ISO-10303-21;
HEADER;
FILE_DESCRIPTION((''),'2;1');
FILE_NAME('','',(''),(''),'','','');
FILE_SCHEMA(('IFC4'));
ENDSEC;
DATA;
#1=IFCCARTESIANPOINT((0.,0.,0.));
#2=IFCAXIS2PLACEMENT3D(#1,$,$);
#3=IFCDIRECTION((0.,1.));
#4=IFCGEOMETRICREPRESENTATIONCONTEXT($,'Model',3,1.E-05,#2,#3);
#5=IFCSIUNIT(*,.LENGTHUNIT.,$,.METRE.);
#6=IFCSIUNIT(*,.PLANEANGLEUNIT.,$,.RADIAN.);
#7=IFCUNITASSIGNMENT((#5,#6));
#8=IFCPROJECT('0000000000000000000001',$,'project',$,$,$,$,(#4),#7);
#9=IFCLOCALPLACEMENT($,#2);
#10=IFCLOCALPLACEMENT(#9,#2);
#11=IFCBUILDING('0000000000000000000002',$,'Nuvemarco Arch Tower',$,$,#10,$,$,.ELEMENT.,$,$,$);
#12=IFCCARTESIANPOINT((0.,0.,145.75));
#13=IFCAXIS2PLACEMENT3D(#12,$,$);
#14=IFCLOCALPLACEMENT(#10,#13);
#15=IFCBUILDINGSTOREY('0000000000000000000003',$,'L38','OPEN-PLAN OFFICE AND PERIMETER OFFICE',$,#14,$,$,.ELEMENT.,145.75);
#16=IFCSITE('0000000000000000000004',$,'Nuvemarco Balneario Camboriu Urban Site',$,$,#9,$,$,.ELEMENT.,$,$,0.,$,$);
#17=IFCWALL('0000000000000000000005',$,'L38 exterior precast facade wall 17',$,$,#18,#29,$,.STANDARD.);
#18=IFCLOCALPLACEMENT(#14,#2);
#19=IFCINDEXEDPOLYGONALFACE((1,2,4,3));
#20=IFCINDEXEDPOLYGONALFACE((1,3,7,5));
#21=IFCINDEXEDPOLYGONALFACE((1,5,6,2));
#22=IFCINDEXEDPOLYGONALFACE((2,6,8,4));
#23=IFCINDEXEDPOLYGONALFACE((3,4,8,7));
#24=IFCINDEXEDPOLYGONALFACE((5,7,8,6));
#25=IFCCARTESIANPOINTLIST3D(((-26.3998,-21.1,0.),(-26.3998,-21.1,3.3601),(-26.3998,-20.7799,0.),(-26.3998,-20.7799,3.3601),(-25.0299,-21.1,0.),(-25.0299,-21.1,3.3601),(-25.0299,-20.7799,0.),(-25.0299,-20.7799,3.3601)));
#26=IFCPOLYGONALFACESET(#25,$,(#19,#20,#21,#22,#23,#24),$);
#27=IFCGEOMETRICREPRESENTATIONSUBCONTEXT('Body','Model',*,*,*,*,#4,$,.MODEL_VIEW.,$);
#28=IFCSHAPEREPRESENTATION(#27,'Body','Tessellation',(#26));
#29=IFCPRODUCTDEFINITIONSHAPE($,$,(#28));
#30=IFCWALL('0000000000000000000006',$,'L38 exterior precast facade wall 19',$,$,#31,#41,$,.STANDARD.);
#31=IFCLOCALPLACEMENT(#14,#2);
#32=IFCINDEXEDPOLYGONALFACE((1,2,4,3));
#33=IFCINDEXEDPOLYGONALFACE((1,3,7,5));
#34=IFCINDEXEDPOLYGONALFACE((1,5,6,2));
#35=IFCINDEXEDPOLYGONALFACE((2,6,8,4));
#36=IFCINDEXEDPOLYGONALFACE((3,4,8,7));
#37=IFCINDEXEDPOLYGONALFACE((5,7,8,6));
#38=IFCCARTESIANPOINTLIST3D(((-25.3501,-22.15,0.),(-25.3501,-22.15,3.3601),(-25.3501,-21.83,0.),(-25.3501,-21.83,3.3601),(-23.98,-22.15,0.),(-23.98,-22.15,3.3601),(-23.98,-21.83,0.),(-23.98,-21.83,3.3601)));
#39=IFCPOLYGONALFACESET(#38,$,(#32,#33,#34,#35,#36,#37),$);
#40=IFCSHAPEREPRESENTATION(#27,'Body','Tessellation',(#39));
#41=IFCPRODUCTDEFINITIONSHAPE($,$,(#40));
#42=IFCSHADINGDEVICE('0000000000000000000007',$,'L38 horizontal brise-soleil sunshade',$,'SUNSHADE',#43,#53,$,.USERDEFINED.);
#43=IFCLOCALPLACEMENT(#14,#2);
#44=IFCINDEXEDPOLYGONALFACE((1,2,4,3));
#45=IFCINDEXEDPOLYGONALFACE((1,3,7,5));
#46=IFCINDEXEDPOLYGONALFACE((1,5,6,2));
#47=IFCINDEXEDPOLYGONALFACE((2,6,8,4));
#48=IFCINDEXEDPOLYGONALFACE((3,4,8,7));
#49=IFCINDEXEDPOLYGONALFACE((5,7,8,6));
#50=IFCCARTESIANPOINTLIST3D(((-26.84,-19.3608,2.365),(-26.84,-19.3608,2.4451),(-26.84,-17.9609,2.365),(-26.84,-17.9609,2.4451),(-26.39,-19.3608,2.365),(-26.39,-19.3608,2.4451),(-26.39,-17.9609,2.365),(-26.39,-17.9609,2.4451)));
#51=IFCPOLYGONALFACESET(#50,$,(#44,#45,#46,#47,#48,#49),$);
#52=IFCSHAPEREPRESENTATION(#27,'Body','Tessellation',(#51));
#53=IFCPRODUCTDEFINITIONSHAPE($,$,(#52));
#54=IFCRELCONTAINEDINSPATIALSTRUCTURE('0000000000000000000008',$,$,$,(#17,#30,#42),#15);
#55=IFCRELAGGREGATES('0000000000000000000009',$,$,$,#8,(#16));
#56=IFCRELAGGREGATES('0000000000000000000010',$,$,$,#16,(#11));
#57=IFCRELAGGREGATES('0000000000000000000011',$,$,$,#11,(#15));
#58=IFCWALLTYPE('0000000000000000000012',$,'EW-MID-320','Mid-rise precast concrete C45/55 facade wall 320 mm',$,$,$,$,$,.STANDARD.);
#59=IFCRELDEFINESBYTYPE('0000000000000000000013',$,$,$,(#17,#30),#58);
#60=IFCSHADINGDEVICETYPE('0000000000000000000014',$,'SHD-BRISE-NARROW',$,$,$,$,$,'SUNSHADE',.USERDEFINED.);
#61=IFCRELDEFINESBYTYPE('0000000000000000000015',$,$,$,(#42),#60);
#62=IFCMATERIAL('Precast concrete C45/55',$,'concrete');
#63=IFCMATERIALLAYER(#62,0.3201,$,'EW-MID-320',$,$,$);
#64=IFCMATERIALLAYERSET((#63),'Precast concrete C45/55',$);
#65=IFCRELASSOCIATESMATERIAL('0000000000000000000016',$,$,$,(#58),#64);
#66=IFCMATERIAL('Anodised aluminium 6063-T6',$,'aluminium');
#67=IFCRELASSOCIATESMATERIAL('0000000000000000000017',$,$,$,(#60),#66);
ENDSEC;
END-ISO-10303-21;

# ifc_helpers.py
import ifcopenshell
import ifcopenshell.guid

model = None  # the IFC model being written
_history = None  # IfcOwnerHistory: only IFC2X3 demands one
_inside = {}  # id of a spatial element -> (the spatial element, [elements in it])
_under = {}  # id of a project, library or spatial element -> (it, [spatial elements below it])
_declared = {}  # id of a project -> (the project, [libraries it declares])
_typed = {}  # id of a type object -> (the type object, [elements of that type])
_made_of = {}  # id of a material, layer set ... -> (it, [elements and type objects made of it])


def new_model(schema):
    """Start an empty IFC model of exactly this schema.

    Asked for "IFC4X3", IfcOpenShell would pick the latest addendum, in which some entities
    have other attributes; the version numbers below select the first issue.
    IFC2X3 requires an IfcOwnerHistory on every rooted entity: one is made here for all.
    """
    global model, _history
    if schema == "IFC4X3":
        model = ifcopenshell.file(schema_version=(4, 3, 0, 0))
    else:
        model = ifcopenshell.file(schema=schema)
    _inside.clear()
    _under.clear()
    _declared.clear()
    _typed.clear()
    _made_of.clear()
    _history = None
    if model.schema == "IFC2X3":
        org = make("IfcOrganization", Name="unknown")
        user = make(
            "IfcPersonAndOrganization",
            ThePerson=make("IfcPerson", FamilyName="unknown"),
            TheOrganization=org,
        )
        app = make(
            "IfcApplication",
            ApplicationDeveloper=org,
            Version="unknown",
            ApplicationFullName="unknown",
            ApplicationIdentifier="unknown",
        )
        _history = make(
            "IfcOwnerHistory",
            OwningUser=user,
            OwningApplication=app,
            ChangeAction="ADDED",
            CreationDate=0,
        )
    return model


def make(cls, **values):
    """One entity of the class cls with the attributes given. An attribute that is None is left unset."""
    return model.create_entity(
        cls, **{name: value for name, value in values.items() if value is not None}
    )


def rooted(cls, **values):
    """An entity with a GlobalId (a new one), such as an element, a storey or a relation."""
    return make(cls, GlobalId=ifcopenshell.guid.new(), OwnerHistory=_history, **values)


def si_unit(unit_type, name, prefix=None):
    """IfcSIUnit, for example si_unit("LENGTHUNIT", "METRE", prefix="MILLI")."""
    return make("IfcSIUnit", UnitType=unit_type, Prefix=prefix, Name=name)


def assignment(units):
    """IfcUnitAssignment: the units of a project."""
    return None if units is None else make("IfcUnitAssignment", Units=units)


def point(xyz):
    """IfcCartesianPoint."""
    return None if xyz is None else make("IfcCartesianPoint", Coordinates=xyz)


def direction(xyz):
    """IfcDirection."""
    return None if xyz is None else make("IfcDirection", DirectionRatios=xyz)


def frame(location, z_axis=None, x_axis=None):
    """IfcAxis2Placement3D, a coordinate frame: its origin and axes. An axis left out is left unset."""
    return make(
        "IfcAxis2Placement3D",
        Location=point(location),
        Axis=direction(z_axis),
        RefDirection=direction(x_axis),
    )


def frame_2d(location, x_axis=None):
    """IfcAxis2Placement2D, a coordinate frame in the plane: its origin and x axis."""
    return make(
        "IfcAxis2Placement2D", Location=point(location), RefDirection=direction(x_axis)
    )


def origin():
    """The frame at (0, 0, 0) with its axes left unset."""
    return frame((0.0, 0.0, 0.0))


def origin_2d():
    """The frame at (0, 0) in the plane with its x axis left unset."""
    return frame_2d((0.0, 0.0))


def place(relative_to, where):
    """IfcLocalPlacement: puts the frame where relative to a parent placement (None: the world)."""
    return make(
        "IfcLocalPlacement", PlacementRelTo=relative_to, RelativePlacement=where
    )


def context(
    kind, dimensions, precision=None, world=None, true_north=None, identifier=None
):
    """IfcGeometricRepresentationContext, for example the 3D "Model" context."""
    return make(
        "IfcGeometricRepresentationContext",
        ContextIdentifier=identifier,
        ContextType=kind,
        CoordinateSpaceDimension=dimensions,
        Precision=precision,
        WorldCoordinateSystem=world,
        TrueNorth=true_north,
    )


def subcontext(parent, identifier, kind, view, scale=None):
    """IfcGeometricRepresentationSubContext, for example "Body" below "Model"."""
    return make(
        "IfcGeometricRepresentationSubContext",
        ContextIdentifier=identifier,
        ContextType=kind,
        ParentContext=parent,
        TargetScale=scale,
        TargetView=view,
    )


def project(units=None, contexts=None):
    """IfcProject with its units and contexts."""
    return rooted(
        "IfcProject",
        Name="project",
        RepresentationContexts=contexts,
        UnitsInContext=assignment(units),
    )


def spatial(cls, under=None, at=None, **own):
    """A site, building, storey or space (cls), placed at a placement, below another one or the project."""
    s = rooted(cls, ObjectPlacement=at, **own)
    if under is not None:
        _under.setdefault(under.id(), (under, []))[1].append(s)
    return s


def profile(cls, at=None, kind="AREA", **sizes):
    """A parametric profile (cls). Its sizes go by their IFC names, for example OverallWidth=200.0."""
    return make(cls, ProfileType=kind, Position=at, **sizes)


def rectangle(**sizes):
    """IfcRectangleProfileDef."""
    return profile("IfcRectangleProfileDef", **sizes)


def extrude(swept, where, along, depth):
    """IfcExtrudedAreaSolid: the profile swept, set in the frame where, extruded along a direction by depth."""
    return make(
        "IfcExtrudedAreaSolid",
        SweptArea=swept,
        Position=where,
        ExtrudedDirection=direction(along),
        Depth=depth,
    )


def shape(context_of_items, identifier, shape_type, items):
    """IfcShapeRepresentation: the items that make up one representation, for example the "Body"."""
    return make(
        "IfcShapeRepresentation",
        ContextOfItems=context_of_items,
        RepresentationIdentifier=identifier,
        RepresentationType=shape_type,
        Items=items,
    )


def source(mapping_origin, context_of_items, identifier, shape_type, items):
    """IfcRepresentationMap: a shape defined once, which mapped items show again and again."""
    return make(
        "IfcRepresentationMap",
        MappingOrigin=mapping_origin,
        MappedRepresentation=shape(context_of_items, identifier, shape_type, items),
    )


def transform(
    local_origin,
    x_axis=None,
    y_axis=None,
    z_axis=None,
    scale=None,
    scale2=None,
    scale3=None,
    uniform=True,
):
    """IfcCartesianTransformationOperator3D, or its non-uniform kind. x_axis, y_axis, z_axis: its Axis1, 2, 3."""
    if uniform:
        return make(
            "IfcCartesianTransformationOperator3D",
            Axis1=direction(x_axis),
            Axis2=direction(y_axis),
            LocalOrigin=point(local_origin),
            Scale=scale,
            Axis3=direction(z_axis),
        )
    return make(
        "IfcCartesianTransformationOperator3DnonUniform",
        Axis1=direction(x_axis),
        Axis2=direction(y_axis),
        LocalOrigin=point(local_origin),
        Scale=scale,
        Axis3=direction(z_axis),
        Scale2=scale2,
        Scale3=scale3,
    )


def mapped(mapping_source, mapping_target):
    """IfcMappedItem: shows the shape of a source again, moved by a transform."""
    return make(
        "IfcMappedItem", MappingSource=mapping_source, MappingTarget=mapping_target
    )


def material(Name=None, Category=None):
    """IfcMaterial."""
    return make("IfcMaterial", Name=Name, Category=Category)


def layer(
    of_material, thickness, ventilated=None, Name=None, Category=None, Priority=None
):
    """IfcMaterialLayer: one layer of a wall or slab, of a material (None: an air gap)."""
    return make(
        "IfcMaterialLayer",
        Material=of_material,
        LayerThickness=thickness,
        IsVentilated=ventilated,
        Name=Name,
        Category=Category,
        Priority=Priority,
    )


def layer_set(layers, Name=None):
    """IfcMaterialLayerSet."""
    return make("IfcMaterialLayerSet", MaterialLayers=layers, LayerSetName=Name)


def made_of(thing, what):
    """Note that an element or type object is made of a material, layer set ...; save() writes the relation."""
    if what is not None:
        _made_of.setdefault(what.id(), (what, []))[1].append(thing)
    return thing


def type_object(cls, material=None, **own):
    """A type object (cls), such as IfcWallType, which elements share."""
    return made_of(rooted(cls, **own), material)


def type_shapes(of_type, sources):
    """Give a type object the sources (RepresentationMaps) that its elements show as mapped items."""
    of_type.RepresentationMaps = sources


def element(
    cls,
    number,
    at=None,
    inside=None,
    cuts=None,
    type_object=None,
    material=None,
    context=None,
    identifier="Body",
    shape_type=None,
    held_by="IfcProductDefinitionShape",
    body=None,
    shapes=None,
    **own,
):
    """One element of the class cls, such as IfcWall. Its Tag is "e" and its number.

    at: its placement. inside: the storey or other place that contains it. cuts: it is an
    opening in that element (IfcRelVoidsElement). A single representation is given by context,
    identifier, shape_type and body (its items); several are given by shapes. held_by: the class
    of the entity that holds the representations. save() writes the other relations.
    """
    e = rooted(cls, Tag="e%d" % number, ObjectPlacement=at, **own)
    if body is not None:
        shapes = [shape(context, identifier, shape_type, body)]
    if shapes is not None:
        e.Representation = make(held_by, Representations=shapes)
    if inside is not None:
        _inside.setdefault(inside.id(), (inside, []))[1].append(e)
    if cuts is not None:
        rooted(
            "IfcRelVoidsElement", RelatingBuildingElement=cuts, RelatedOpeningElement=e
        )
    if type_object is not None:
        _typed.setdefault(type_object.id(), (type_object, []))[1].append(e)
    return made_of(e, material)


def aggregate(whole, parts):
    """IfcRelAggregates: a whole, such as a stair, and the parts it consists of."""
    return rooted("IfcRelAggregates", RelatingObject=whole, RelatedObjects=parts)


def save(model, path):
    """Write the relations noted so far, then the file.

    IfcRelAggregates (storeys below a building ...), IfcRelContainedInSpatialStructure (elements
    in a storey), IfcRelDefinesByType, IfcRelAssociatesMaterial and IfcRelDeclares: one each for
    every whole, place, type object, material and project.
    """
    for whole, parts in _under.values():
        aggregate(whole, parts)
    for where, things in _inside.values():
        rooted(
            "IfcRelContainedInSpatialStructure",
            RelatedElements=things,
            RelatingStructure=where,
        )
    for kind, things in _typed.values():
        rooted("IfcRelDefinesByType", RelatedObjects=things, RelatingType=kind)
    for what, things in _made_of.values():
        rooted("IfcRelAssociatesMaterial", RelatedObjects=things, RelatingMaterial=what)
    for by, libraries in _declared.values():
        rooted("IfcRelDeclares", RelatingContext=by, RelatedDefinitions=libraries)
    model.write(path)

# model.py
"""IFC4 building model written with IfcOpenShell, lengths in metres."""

from ifc_helpers import new_model, si_unit, direction, frame, frame_2d, origin, origin_2d, place, context, subcontext, project, spatial, rectangle, extrude, source, transform, mapped, material, layer, layer_set, type_object, type_shapes, element, save


model = new_model("IFC4")

# Units and contexts
model_context = context("Model", 3, precision=1e-05, world=origin(), true_north=direction((0.0, 1.0)))
body_context = subcontext(model_context, "Body", "Model", "MODEL_VIEW")
ifc_project = project(units=[si_unit("LENGTHUNIT", "METRE"), si_unit("PLANEANGLEUNIT", "RADIAN")], contexts=[model_context])

# Site, building, storey
site_placement = place(None, origin())
site = spatial("IfcSite", under=ifc_project, at=site_placement, Name="Nuvemarco Balneario Camboriu Urban Site", CompositionType="ELEMENT", RefElevation=0.0)
building_placement = place(site_placement, origin())
building = spatial("IfcBuilding", under=site, at=building_placement, Name="Nuvemarco Arch Tower", CompositionType="ELEMENT")
storey_placement = place(building_placement, frame((0.0, 0.0, 145.75)))
storey = spatial("IfcBuildingStorey", under=building, at=storey_placement, Name="L38", Description="OPEN-PLAN OFFICE AND PERIMETER OFFICE", CompositionType="ELEMENT", Elevation=145.75)

# Shared definitions
ifc_material_1 = material(Name="Precast concrete C45/55", Category="concrete")
ifc_layer = layer(ifc_material_1, 0.3201, Name="EW-MID-320")
ifc_layer_set = layer_set([ifc_layer], Name="Precast concrete C45/55")
wall_type = type_object("IfcWallType", Name="EW-MID-320", Description="Mid-rise precast concrete C45/55 facade wall 320 mm", PredefinedType="STANDARD", material=ifc_layer_set)

# Walls
wall_1_placement = place(storey_placement, frame((-26.3999, -20.9399, 0.0), z_axis=(0.0, 0.0, 1.0), x_axis=(1.0, 0.0, 0.0)))
element("IfcWall", 1, at=wall_1_placement, inside=storey, type_object=wall_type, Name="L38 exterior precast facade wall 17", PredefinedType="STANDARD", context=body_context, shape_type="SweptSolid", body=[
    extrude(rectangle(XDim=1.3699, YDim=0.3201, at=frame_2d((0.6851, 0.0))), origin(), (0.0, 0.0, 1.0), 3.3601),
])
wall_2_placement = place(storey_placement, frame((-25.3501, -21.99, 0.0), z_axis=(0.0, 0.0, 1.0), x_axis=(1.0, 0.0, 0.0)))
element("IfcWall", 2, at=wall_2_placement, inside=storey, type_object=wall_type, Name="L38 exterior precast facade wall 19", PredefinedType="STANDARD", context=body_context, shape_type="SweptSolid", body=[
    extrude(rectangle(XDim=1.3701, YDim=0.3201, at=frame_2d((0.6851, 0.0))), origin(), (0.0, 0.0, 1.0), 3.3601),
])

# Shading device
ifc_material_2 = material(Name="Anodised aluminium 6063-T6", Category="aluminium")
shading_device_type = type_object("IfcShadingDeviceType", Name="SHD-BRISE-NARROW", ElementType="SUNSHADE", PredefinedType="USERDEFINED", material=ifc_material_2)
shared_shape_1 = source(origin(), body_context, "Body", "SweptSolid", [
    extrude(rectangle(XDim=1.3999, YDim=0.45, at=origin_2d()), origin(), (0.0, 0.0, 1.0), 0.0801),
])
type_shapes(shading_device_type, [shared_shape_1])
shading_device_placement = place(storey_placement, frame((-26.615, -18.6609, 2.365), z_axis=(0.0, 0.0, 1.0), x_axis=(0.0, 1.0, 0.0)))
element("IfcShadingDevice", 3, at=shading_device_placement, inside=storey, type_object=shading_device_type, Name="L38 horizontal brise-soleil sunshade", ObjectType="SUNSHADE", PredefinedType="USERDEFINED", context=body_context, shape_type="MappedRepresentation", body=[
    mapped(shared_shape_1, transform((0.0, 0.0, 0.0), scale=1.0)),
])

save(model, "model.ifc")
